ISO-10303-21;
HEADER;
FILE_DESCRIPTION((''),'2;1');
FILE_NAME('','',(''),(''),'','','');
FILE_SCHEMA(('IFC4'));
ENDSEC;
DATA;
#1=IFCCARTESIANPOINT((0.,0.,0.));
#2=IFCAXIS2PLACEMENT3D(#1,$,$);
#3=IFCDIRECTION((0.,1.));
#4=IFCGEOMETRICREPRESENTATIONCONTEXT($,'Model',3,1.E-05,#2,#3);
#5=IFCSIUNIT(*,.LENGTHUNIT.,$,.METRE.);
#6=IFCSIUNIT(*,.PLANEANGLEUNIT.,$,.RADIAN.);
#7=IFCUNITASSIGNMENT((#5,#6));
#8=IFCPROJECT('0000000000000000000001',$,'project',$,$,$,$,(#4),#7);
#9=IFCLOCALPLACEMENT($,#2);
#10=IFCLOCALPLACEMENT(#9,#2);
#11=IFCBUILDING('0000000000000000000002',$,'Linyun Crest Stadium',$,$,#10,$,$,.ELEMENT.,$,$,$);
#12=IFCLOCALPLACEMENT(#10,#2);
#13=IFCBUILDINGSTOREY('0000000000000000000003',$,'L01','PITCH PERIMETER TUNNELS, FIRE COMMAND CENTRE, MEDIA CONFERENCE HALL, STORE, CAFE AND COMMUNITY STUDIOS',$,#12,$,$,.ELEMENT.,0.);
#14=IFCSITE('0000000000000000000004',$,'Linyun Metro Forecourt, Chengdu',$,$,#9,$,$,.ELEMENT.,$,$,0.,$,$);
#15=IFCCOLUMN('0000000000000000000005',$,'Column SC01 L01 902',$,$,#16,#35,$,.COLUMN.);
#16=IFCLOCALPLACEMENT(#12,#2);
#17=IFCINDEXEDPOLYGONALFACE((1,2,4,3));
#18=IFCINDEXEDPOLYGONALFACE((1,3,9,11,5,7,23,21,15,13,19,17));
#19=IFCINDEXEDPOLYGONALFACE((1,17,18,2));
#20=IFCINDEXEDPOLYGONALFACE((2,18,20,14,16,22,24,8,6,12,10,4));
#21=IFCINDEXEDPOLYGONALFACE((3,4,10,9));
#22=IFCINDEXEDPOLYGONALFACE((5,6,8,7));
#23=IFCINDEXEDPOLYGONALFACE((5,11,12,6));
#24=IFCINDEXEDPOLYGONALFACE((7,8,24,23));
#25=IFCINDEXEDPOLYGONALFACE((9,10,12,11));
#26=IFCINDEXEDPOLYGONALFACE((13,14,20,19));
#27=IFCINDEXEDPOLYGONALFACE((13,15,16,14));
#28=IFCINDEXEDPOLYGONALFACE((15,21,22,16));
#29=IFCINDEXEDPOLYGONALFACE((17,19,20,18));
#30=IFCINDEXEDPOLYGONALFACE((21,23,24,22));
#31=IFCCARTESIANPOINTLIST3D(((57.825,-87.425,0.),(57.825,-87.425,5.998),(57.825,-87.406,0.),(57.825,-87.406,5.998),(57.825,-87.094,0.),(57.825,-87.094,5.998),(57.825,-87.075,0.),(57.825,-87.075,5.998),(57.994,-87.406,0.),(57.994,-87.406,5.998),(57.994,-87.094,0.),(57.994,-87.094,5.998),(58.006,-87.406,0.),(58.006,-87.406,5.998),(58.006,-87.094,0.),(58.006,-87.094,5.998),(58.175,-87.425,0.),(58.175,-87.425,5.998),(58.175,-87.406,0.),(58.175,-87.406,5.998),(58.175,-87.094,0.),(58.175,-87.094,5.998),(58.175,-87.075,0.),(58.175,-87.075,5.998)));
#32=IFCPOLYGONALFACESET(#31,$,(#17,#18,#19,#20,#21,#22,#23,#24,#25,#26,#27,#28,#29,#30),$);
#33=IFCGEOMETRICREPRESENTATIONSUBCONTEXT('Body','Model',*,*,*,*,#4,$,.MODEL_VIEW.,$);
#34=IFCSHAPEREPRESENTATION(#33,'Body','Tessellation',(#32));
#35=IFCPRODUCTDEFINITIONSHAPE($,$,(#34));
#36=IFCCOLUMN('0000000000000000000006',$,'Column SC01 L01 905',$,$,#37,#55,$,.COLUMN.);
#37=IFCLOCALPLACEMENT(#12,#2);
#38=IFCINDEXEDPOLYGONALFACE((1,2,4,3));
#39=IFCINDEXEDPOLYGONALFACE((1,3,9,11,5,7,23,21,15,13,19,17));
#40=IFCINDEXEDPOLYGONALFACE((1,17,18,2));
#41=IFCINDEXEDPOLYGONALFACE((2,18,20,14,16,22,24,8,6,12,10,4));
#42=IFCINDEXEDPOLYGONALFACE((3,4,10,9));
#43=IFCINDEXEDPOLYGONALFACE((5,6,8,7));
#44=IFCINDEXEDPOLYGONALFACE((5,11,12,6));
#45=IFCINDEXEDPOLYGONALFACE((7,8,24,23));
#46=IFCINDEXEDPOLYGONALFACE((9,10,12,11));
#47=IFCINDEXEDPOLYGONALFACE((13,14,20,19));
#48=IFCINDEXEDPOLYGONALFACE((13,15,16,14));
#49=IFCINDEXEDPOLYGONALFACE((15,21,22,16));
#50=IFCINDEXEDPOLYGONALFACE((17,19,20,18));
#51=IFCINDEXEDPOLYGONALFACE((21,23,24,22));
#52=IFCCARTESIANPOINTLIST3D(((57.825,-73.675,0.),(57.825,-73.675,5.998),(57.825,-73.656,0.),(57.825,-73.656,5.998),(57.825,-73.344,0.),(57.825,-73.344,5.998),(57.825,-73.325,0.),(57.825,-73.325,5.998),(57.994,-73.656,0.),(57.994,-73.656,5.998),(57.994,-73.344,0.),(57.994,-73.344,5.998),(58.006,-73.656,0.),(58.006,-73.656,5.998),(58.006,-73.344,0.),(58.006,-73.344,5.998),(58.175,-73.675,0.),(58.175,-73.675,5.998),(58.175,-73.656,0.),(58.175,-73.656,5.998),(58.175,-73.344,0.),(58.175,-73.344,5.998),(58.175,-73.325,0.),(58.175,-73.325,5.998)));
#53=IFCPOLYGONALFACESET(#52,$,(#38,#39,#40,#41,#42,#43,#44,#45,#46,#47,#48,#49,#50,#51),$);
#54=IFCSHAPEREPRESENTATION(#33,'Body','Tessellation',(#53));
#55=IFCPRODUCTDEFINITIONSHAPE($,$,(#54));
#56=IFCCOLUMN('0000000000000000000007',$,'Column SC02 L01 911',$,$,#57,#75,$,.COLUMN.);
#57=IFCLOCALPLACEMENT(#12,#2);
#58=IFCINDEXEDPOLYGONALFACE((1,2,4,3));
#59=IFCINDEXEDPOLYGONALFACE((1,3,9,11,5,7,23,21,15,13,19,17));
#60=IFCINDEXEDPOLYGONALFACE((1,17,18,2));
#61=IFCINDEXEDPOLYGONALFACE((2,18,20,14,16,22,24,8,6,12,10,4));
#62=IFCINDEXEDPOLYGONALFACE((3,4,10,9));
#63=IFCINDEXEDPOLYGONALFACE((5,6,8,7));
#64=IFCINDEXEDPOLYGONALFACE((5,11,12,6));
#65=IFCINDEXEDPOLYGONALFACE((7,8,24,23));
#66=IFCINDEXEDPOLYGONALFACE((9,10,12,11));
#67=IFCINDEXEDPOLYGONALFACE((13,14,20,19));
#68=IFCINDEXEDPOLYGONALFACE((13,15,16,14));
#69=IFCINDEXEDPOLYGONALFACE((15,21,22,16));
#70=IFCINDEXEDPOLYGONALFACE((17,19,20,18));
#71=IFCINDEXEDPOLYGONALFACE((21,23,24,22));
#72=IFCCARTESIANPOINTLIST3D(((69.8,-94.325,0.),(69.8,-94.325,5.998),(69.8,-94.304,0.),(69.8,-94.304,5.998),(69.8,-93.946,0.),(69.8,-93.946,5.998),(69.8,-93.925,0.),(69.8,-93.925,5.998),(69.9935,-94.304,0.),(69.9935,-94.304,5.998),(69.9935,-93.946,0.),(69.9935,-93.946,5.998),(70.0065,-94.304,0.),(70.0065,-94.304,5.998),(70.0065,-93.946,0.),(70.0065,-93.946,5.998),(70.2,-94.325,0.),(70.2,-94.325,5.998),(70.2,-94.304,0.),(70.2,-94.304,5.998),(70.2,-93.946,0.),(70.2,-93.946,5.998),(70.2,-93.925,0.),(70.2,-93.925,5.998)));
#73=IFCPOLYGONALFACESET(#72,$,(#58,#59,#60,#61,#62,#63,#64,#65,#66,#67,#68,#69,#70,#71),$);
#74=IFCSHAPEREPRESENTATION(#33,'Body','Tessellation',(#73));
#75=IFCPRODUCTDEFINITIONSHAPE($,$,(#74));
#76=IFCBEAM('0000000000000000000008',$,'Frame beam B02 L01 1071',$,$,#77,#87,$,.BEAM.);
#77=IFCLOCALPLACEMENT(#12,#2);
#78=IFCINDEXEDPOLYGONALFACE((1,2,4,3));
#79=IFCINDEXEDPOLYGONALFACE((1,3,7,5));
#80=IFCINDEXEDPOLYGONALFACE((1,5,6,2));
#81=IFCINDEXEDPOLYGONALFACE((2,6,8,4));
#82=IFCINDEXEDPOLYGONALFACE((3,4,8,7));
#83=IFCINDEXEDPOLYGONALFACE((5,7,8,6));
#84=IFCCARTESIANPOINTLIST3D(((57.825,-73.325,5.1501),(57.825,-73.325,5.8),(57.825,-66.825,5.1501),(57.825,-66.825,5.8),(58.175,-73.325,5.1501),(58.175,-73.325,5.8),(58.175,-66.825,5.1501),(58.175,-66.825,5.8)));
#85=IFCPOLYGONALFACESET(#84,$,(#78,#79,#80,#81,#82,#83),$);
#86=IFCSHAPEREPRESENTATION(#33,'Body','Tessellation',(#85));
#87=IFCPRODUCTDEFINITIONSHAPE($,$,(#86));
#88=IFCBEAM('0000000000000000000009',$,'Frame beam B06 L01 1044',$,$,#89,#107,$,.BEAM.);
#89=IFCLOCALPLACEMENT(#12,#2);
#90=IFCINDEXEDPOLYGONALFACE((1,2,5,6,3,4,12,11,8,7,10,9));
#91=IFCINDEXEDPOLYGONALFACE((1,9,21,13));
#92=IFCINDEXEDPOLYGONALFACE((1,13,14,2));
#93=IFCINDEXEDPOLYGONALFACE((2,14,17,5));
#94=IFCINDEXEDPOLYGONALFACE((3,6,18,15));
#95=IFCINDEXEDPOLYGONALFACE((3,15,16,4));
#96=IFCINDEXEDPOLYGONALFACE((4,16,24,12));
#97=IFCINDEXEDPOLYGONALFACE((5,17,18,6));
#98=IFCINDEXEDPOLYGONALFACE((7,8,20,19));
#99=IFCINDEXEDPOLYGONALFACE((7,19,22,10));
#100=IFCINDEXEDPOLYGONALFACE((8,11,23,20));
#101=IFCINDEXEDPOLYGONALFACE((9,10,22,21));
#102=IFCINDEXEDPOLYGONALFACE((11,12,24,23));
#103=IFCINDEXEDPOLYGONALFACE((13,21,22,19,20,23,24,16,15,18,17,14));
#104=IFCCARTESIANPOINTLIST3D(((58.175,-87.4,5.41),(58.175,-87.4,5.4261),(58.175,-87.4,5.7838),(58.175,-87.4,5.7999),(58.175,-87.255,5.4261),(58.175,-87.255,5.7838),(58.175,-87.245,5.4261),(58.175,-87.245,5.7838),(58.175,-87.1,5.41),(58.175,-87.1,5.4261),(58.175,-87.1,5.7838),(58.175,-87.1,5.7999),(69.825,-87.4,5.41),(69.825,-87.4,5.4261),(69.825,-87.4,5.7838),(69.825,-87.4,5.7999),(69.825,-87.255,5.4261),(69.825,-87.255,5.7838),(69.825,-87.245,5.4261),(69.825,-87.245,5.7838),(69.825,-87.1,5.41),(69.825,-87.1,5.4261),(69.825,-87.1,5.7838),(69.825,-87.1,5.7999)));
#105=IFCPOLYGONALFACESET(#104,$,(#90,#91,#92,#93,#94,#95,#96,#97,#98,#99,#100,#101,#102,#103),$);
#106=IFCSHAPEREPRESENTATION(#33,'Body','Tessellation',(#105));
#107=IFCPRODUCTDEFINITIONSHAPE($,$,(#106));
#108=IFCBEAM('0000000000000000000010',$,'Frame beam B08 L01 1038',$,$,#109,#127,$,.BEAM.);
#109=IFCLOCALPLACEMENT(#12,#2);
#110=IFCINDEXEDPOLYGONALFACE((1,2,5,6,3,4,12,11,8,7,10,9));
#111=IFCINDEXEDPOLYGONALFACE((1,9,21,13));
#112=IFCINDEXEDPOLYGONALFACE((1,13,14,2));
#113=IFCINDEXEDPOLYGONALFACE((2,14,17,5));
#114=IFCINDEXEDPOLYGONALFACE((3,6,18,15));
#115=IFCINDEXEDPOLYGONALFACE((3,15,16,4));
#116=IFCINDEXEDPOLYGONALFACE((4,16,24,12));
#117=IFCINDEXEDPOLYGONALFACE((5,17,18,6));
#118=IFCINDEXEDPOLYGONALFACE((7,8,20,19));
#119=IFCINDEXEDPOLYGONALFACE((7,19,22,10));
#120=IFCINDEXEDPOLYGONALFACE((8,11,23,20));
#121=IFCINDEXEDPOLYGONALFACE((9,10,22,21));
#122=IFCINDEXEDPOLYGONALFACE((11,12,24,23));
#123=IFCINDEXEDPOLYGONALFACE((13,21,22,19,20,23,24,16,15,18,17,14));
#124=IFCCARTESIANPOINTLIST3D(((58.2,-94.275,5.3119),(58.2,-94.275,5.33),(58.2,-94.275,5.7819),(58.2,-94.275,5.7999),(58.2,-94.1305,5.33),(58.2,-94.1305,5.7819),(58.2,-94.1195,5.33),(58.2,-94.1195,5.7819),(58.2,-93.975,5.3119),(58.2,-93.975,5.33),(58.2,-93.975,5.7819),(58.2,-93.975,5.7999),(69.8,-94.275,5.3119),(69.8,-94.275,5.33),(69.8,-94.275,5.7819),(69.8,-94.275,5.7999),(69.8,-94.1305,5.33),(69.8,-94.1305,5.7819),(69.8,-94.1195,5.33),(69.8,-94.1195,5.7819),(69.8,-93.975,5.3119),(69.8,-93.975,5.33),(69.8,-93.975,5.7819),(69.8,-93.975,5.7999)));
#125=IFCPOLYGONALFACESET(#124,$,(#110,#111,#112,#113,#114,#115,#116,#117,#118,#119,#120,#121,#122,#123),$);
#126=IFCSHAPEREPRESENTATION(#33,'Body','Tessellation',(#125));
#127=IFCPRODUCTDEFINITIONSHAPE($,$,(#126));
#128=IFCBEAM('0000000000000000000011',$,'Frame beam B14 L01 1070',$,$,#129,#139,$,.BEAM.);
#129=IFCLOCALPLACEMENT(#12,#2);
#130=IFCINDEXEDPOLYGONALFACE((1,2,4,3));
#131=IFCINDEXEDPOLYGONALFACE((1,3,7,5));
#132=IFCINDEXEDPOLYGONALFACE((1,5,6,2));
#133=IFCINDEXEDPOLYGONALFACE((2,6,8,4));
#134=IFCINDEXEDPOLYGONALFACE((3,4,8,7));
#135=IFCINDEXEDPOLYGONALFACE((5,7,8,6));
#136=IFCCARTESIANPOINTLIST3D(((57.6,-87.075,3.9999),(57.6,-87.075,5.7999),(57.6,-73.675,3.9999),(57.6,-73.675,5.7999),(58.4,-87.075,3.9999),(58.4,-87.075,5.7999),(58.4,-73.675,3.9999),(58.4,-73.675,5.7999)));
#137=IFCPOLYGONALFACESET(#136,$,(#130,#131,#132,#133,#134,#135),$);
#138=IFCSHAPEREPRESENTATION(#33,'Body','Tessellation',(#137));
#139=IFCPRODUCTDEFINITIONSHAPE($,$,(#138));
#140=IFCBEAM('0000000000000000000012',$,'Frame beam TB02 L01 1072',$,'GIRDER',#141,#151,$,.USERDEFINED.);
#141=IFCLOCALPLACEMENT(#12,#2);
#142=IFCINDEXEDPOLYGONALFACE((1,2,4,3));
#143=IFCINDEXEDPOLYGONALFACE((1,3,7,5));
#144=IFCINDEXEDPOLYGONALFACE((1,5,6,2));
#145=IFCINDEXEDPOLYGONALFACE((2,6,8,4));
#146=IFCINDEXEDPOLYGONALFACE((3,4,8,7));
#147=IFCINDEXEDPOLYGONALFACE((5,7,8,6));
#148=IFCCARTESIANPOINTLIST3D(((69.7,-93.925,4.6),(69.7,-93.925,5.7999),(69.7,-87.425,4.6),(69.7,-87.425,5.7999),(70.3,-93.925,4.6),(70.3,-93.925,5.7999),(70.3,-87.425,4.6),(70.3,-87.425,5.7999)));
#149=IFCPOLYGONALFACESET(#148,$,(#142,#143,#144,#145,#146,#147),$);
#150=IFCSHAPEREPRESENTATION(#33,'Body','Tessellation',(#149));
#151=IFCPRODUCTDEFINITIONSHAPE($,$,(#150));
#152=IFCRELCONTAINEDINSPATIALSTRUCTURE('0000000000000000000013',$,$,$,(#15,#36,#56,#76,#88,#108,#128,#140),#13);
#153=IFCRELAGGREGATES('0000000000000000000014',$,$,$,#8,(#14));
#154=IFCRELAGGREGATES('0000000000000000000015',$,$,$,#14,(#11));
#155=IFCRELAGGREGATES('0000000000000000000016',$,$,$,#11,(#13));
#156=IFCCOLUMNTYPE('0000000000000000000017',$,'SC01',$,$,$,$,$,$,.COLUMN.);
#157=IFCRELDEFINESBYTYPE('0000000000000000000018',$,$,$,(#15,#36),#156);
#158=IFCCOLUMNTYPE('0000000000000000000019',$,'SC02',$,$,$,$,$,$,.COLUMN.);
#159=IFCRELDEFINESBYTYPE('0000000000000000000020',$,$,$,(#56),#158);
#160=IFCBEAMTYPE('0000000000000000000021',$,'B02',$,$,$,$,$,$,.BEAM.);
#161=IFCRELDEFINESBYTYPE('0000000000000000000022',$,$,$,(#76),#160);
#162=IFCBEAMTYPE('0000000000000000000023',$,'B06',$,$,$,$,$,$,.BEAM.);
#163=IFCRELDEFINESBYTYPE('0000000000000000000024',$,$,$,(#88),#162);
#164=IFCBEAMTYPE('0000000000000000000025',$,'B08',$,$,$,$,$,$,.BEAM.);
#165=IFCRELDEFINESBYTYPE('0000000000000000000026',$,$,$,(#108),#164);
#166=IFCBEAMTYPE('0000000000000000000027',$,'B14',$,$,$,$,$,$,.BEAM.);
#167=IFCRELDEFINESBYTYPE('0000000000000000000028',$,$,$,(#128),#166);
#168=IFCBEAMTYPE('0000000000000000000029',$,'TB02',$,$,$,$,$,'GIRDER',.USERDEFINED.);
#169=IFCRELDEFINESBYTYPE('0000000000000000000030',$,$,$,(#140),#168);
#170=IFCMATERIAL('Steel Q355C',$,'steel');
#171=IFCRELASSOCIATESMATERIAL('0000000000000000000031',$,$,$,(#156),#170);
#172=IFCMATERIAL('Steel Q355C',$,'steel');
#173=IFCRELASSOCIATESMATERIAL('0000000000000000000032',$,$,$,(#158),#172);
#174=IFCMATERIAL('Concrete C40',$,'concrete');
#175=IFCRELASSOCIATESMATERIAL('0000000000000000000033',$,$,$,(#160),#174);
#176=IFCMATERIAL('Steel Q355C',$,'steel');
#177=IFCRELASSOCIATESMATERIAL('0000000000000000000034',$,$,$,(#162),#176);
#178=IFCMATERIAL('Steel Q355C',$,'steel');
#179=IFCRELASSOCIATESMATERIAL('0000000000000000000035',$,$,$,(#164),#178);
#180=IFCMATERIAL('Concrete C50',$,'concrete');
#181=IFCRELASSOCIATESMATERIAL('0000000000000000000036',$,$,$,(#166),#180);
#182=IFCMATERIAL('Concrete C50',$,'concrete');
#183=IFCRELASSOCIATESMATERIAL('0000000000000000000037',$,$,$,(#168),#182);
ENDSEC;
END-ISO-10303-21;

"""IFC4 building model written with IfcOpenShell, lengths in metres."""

from ifc_helpers import new_model, si_unit, direction, frame, origin, origin_2d, place, context, subcontext, project, spatial, rectangle, i_section, extrude, material, material_profile, profile_set, type_object, element, save


model = new_model("IFC4")

# Units and contexts
model_context = context("Model", 3, precision=1e-05, world=origin(), true_north=direction((0.0, 1.0)))
body_context = subcontext(model_context, "Body", "Model", "MODEL_VIEW")
ifc_project = project(units=[si_unit("LENGTHUNIT", "METRE"), si_unit("PLANEANGLEUNIT", "RADIAN")], contexts=[model_context])

# Site, building, storey
site_placement = place(None, origin())
site = spatial("IfcSite", under=ifc_project, at=site_placement, Name="Linyun Metro Forecourt, Chengdu", CompositionType="ELEMENT", RefElevation=0.0)
building_placement = place(site_placement, origin())
building = spatial("IfcBuilding", under=site, at=building_placement, Name="Linyun Crest Stadium", CompositionType="ELEMENT")
storey_placement = place(building_placement, origin())
storey = spatial("IfcBuildingStorey", under=building, at=storey_placement, Name="L01", Description="PITCH PERIMETER TUNNELS, FIRE COMMAND CENTRE, MEDIA CONFERENCE HALL, STORE, CAFE AND COMMUNITY STUDIOS", CompositionType="ELEMENT", Elevation=0.0)

# Columns
ifc_material_1 = material(Name="Steel Q355C", Category="steel")
ifc_material_profile_1 = material_profile(ifc_material_1, i_section(OverallWidth=0.3501, OverallDepth=0.3501, WebThickness=0.012, FlangeThickness=0.019, at=origin_2d()), Name="HW 350x350")
ifc_profile_set_1 = profile_set([ifc_material_profile_1], Name="Steel Q355C")
column_type_1 = type_object("IfcColumnType", Name="SC01", PredefinedType="COLUMN", material=ifc_profile_set_1)
for number, where, z_axis, x_axis, name in (
    (1, (58.0, -87.25, 0.0), (0.0, 0.0, 1.0), (1.0, 0.0, 0.0), "Column SC01 L01 902"),
    (2, (58.0, -73.5, 0.0), (0.0, 0.0, 1.0), (1.0, 0.0, 0.0), "Column SC01 L01 905"),
):
    element("IfcColumn", number, at=place(storey_placement, frame(where, z_axis=z_axis, x_axis=x_axis)), inside=storey, type_object=column_type_1, Name=name, PredefinedType="COLUMN", context=body_context, shape_type="SweptSolid", body=[
        extrude(i_section(OverallWidth=0.3501, OverallDepth=0.3501, WebThickness=0.012, FlangeThickness=0.019, at=origin_2d()), origin(), (0.0, 0.0, 1.0), 5.998),
    ])
ifc_material_2 = material(Name="Steel Q355C", Category="steel")
ifc_material_profile_2 = material_profile(ifc_material_2, i_section(OverallWidth=0.3999, OverallDepth=0.3999, WebThickness=0.0129, FlangeThickness=0.021, at=origin_2d()), Name="HW 400x400")
ifc_profile_set_2 = profile_set([ifc_material_profile_2], Name="Steel Q355C")
column_type_2 = type_object("IfcColumnType", Name="SC02", PredefinedType="COLUMN", material=ifc_profile_set_2)
column_placement = place(storey_placement, frame((70.0, -94.125, 0.0), z_axis=(0.0, 0.0, 1.0), x_axis=(1.0, 0.0, 0.0)))
element("IfcColumn", 3, at=column_placement, inside=storey, type_object=column_type_2, Name="Column SC02 L01 911", PredefinedType="COLUMN", context=body_context, shape_type="SweptSolid", body=[
    extrude(i_section(OverallWidth=0.3999, OverallDepth=0.3999, WebThickness=0.0129, FlangeThickness=0.021, at=origin_2d()), origin(), (0.0, 0.0, 1.0), 5.998),
])

# Beams
ifc_material_3 = material(Name="Concrete C40", Category="concrete")
ifc_material_profile_3 = material_profile(ifc_material_3, rectangle(XDim=0.3501, YDim=0.6499, at=origin_2d()), Name="RCB 650x350")
ifc_profile_set_3 = profile_set([ifc_material_profile_3], Name="Concrete C40")
beam_type_1 = type_object("IfcBeamType", Name="B02", PredefinedType="BEAM", material=ifc_profile_set_3)
beam_1_placement = place(storey_placement, frame((58.0, -73.325, 5.4751), z_axis=(0.0, 1.0, 0.0), x_axis=(-1.0, 0.0, 0.0)))
element("IfcBeam", 4, at=beam_1_placement, inside=storey, type_object=beam_type_1, Name="Frame beam B02 L01 1071", PredefinedType="BEAM", context=body_context, shape_type="SweptSolid", body=[
    extrude(rectangle(XDim=0.3501, YDim=0.6499, at=origin_2d()), origin(), (0.0, 0.0, 1.0), 6.5),
])
ifc_material_4 = material(Name="Steel Q355C", Category="steel")
ifc_material_profile_4 = material_profile(ifc_material_4, i_section(OverallWidth=0.3, OverallDepth=0.3899, WebThickness=0.01, FlangeThickness=0.0161, at=origin_2d()), Name="HM 390x300")
ifc_profile_set_4 = profile_set([ifc_material_profile_4], Name="Steel Q355C")
beam_type_2 = type_object("IfcBeamType", Name="B06", PredefinedType="BEAM", material=ifc_profile_set_4)
beam_2_placement = place(storey_placement, frame((58.175, -87.25, 5.605), z_axis=(1.0, 0.0, 0.0), x_axis=(0.0, 1.0, 0.0)))
element("IfcBeam", 5, at=beam_2_placement, inside=storey, type_object=beam_type_2, Name="Frame beam B06 L01 1044", PredefinedType="BEAM", context=body_context, shape_type="SweptSolid", body=[
    extrude(i_section(OverallWidth=0.3, OverallDepth=0.3899, WebThickness=0.01, FlangeThickness=0.0161, at=origin_2d()), origin(), (0.0, 0.0, 1.0), 11.6499),
])
ifc_material_5 = material(Name="Steel Q355C", Category="steel")
ifc_material_profile_5 = material_profile(ifc_material_5, i_section(OverallWidth=0.3, OverallDepth=0.488, WebThickness=0.011, FlangeThickness=0.0181, at=origin_2d()), Name="HM 488x300")
ifc_profile_set_5 = profile_set([ifc_material_profile_5], Name="Steel Q355C")
beam_type_3 = type_object("IfcBeamType", Name="B08", PredefinedType="BEAM", material=ifc_profile_set_5)
beam_3_placement = place(storey_placement, frame((58.2, -94.125, 5.5559), z_axis=(1.0, 0.0, 0.0), x_axis=(0.0, 1.0, 0.0)))
element("IfcBeam", 6, at=beam_3_placement, inside=storey, type_object=beam_type_3, Name="Frame beam B08 L01 1038", PredefinedType="BEAM", context=body_context, shape_type="SweptSolid", body=[
    extrude(i_section(OverallWidth=0.3, OverallDepth=0.488, WebThickness=0.011, FlangeThickness=0.0181, at=origin_2d()), origin(), (0.0, 0.0, 1.0), 11.6001),
])
ifc_material_6 = material(Name="Concrete C50", Category="concrete")
ifc_material_profile_6 = material_profile(ifc_material_6, rectangle(XDim=0.8, YDim=1.8, at=origin_2d()), Name="RCB 1800x800")
ifc_profile_set_6 = profile_set([ifc_material_profile_6], Name="Concrete C50")
beam_type_4 = type_object("IfcBeamType", Name="B14", PredefinedType="BEAM", material=ifc_profile_set_6)
beam_4_placement = place(storey_placement, frame((58.0, -87.075, 4.8999), z_axis=(0.0, 1.0, 0.0), x_axis=(-1.0, 0.0, 0.0)))
element("IfcBeam", 7, at=beam_4_placement, inside=storey, type_object=beam_type_4, Name="Frame beam B14 L01 1070", PredefinedType="BEAM", context=body_context, shape_type="SweptSolid", body=[
    extrude(rectangle(XDim=0.8, YDim=1.8, at=origin_2d()), origin(), (0.0, 0.0, 1.0), 13.3999),
])
ifc_material_7 = material(Name="Concrete C50", Category="concrete")
ifc_material_profile_7 = material_profile(ifc_material_7, rectangle(XDim=0.6001, YDim=1.2, at=origin_2d()), Name="RCB 1200x600")
ifc_profile_set_7 = profile_set([ifc_material_profile_7], Name="Concrete C50")
beam_type_5 = type_object("IfcBeamType", Name="TB02", ElementType="GIRDER", PredefinedType="USERDEFINED", material=ifc_profile_set_7)
beam_5_placement = place(storey_placement, frame((70.0, -93.925, 5.2), z_axis=(0.0, 1.0, 0.0), x_axis=(-1.0, 0.0, 0.0)))
element("IfcBeam", 8, at=beam_5_placement, inside=storey, type_object=beam_type_5, Name="Frame beam TB02 L01 1072", ObjectType="GIRDER", PredefinedType="USERDEFINED", context=body_context, shape_type="SweptSolid", body=[
    extrude(rectangle(XDim=0.6001, YDim=1.2, at=origin_2d()), origin(), (0.0, 0.0, 1.0), 6.5),
])

save(model, "model.ifc")
